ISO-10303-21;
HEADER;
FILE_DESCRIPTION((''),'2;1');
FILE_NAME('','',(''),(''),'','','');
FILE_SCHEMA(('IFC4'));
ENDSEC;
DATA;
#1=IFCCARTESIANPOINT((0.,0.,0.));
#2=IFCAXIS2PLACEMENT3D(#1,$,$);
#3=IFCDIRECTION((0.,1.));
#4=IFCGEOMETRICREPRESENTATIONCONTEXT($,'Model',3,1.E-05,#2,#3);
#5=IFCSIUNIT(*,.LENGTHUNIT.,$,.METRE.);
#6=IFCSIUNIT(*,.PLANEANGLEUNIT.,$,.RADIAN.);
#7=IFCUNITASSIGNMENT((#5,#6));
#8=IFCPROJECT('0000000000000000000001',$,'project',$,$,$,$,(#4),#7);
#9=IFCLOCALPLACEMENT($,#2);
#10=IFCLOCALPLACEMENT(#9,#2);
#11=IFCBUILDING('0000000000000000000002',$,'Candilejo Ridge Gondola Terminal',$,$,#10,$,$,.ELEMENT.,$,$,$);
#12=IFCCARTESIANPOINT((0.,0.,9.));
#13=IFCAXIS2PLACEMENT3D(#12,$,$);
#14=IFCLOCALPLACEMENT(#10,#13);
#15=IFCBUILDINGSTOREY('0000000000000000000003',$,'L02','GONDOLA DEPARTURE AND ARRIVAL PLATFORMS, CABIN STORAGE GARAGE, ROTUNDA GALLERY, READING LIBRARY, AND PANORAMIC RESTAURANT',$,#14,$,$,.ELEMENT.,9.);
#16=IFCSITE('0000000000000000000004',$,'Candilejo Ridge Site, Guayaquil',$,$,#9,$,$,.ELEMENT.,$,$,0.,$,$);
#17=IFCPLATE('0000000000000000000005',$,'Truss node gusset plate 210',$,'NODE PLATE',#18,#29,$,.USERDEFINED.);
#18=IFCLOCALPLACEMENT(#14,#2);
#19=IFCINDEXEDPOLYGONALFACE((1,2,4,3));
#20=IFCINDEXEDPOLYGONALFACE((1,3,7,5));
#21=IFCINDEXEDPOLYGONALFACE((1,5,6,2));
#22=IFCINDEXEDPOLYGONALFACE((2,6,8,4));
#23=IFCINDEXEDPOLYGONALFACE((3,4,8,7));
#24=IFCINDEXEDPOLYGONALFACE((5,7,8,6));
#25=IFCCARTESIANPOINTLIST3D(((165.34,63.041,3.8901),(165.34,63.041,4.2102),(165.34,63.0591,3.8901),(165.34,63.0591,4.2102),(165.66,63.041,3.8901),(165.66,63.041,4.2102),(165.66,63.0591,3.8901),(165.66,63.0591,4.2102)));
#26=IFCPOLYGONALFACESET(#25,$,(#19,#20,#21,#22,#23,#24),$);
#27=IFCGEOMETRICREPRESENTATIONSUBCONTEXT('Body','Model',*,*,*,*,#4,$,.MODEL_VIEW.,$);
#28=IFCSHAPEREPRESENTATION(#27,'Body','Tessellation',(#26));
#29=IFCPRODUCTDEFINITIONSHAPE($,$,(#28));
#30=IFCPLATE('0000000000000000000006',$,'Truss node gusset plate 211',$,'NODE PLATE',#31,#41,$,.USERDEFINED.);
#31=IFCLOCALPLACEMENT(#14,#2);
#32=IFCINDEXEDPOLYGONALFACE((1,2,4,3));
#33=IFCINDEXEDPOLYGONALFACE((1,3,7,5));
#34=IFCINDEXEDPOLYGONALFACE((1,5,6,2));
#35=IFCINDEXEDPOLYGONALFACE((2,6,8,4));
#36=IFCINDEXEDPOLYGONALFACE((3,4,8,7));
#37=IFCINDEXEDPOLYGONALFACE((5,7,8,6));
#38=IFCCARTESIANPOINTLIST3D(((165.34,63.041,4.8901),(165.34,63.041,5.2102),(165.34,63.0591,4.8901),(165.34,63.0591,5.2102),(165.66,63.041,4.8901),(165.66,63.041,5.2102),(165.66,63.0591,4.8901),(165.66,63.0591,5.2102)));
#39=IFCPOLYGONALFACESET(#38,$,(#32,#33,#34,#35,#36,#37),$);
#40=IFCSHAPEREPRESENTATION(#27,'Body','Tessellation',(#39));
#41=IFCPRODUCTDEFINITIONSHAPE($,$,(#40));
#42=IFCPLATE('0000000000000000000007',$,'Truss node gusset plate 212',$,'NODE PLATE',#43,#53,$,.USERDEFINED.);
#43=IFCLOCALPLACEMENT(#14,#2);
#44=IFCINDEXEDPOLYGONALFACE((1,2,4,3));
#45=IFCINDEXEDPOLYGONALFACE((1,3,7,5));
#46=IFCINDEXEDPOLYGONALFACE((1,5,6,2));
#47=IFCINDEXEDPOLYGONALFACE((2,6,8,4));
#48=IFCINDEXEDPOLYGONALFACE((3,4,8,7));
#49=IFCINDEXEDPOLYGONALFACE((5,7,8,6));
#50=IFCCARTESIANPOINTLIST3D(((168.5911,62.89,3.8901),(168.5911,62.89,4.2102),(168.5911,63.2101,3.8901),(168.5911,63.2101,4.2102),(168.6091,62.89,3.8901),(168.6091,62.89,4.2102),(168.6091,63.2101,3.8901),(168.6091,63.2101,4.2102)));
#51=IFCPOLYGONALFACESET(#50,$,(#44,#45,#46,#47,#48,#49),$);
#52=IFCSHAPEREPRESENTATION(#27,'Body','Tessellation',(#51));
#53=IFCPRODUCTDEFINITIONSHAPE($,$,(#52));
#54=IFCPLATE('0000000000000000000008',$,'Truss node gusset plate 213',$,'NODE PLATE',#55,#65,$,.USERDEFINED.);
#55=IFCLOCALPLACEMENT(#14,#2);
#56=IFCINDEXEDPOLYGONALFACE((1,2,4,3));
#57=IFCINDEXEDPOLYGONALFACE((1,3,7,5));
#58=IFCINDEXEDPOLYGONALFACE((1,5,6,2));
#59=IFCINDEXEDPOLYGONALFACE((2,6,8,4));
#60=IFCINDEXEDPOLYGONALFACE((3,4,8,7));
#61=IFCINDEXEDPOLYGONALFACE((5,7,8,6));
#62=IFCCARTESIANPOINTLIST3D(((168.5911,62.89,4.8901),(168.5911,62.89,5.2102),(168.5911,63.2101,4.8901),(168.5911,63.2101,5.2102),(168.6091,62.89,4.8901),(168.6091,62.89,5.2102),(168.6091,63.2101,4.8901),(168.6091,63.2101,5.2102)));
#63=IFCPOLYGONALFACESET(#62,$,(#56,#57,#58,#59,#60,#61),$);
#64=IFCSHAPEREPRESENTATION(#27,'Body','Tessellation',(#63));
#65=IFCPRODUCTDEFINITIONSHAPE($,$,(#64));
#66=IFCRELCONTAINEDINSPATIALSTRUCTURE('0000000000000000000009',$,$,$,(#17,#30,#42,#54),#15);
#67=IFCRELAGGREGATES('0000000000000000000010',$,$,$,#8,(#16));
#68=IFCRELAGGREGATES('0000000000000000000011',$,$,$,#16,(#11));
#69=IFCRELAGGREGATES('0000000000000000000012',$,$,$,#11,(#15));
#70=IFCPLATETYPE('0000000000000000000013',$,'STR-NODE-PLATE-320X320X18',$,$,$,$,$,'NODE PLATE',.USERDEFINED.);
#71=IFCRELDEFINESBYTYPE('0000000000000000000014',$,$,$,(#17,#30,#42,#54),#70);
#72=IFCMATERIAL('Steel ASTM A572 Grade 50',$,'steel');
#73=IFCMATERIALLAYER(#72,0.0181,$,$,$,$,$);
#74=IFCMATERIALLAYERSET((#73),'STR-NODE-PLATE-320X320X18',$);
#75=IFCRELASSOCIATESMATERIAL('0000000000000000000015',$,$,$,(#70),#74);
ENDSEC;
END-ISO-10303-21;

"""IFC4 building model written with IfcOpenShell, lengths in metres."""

from ifc_helpers import new_model, si_unit, direction, frame, origin, origin_2d, place, context, subcontext, project, spatial, rectangle, extrude, material, layer, layer_set, type_object, element, save


model = new_model("IFC4")

# Units and contexts
model_context = context("Model", 3, precision=1e-05, world=origin(), true_north=direction((0.0, 1.0)))
body_context = subcontext(model_context, "Body", "Model", "MODEL_VIEW")
ifc_project = project(units=[si_unit("LENGTHUNIT", "METRE"), si_unit("PLANEANGLEUNIT", "RADIAN")], contexts=[model_context])

# Site, building, storey
site_placement = place(None, origin())
site = spatial("IfcSite", under=ifc_project, at=site_placement, Name="Candilejo Ridge Site, Guayaquil", CompositionType="ELEMENT", RefElevation=0.0)
building_placement = place(site_placement, origin())
building = spatial("IfcBuilding", under=site, at=building_placement, Name="Candilejo Ridge Gondola Terminal", CompositionType="ELEMENT")
storey_placement = place(building_placement, frame((0.0, 0.0, 9.0)))
storey = spatial("IfcBuildingStorey", under=building, at=storey_placement, Name="L02", Description="GONDOLA DEPARTURE AND ARRIVAL PLATFORMS, CABIN STORAGE GARAGE, ROTUNDA GALLERY, READING LIBRARY, AND PANORAMIC RESTAURANT", CompositionType="ELEMENT", Elevation=9.0)

# Plates
ifc_material_1 = material(Name="Steel ASTM A572 Grade 50", Category="steel")
ifc_layer_1 = layer(ifc_material_1, 0.0181)
ifc_layer_set_1 = layer_set([ifc_layer_1], Name="STR-NODE-PLATE-320X320X18")
plate_type_1 = type_object("IfcPlateType", Name="STR-NODE-PLATE-320X320X18", ElementType="NODE PLATE", PredefinedType="USERDEFINED", material=ifc_layer_set_1)
for number, where, z_axis, x_axis, name in (
    (1, (165.5, 63.05, 3.8901), (0.0, 0.0, 1.0), (1.0, 0.0, 0.0), "Truss node gusset plate 210"),
    (2, (165.5, 63.05, 4.8901), (0.0, 0.0, 1.0), (1.0, 0.0, 0.0), "Truss node gusset plate 211"),
):
    element("IfcPlate", number, at=place(storey_placement, frame(where, z_axis=z_axis, x_axis=x_axis)), inside=storey, type_object=plate_type_1, Name=name, ObjectType="NODE PLATE", PredefinedType="USERDEFINED", context=body_context, shape_type="SweptSolid", body=[
        extrude(rectangle(XDim=0.3201, YDim=0.0181, at=origin_2d()), origin(), (0.0, 0.0, 1.0), 0.3201),
    ])
for number, where, z_axis, x_axis, name in (
    (3, (168.6001, 63.05, 3.8901), (0.0, 0.0, 1.0), (1.0, 0.0, 0.0), "Truss node gusset plate 212"),
    (4, (168.6001, 63.05, 4.8901), (0.0, 0.0, 1.0), (1.0, 0.0, 0.0), "Truss node gusset plate 213"),
):
    element("IfcPlate", number, at=place(storey_placement, frame(where, z_axis=z_axis, x_axis=x_axis)), inside=storey, type_object=plate_type_1, Name=name, ObjectType="NODE PLATE", PredefinedType="USERDEFINED", context=body_context, shape_type="SweptSolid", body=[
        extrude(rectangle(XDim=0.0181, YDim=0.3201, at=origin_2d()), origin(), (0.0, 0.0, 1.0), 0.3201),
    ])

save(model, "model.ifc")
